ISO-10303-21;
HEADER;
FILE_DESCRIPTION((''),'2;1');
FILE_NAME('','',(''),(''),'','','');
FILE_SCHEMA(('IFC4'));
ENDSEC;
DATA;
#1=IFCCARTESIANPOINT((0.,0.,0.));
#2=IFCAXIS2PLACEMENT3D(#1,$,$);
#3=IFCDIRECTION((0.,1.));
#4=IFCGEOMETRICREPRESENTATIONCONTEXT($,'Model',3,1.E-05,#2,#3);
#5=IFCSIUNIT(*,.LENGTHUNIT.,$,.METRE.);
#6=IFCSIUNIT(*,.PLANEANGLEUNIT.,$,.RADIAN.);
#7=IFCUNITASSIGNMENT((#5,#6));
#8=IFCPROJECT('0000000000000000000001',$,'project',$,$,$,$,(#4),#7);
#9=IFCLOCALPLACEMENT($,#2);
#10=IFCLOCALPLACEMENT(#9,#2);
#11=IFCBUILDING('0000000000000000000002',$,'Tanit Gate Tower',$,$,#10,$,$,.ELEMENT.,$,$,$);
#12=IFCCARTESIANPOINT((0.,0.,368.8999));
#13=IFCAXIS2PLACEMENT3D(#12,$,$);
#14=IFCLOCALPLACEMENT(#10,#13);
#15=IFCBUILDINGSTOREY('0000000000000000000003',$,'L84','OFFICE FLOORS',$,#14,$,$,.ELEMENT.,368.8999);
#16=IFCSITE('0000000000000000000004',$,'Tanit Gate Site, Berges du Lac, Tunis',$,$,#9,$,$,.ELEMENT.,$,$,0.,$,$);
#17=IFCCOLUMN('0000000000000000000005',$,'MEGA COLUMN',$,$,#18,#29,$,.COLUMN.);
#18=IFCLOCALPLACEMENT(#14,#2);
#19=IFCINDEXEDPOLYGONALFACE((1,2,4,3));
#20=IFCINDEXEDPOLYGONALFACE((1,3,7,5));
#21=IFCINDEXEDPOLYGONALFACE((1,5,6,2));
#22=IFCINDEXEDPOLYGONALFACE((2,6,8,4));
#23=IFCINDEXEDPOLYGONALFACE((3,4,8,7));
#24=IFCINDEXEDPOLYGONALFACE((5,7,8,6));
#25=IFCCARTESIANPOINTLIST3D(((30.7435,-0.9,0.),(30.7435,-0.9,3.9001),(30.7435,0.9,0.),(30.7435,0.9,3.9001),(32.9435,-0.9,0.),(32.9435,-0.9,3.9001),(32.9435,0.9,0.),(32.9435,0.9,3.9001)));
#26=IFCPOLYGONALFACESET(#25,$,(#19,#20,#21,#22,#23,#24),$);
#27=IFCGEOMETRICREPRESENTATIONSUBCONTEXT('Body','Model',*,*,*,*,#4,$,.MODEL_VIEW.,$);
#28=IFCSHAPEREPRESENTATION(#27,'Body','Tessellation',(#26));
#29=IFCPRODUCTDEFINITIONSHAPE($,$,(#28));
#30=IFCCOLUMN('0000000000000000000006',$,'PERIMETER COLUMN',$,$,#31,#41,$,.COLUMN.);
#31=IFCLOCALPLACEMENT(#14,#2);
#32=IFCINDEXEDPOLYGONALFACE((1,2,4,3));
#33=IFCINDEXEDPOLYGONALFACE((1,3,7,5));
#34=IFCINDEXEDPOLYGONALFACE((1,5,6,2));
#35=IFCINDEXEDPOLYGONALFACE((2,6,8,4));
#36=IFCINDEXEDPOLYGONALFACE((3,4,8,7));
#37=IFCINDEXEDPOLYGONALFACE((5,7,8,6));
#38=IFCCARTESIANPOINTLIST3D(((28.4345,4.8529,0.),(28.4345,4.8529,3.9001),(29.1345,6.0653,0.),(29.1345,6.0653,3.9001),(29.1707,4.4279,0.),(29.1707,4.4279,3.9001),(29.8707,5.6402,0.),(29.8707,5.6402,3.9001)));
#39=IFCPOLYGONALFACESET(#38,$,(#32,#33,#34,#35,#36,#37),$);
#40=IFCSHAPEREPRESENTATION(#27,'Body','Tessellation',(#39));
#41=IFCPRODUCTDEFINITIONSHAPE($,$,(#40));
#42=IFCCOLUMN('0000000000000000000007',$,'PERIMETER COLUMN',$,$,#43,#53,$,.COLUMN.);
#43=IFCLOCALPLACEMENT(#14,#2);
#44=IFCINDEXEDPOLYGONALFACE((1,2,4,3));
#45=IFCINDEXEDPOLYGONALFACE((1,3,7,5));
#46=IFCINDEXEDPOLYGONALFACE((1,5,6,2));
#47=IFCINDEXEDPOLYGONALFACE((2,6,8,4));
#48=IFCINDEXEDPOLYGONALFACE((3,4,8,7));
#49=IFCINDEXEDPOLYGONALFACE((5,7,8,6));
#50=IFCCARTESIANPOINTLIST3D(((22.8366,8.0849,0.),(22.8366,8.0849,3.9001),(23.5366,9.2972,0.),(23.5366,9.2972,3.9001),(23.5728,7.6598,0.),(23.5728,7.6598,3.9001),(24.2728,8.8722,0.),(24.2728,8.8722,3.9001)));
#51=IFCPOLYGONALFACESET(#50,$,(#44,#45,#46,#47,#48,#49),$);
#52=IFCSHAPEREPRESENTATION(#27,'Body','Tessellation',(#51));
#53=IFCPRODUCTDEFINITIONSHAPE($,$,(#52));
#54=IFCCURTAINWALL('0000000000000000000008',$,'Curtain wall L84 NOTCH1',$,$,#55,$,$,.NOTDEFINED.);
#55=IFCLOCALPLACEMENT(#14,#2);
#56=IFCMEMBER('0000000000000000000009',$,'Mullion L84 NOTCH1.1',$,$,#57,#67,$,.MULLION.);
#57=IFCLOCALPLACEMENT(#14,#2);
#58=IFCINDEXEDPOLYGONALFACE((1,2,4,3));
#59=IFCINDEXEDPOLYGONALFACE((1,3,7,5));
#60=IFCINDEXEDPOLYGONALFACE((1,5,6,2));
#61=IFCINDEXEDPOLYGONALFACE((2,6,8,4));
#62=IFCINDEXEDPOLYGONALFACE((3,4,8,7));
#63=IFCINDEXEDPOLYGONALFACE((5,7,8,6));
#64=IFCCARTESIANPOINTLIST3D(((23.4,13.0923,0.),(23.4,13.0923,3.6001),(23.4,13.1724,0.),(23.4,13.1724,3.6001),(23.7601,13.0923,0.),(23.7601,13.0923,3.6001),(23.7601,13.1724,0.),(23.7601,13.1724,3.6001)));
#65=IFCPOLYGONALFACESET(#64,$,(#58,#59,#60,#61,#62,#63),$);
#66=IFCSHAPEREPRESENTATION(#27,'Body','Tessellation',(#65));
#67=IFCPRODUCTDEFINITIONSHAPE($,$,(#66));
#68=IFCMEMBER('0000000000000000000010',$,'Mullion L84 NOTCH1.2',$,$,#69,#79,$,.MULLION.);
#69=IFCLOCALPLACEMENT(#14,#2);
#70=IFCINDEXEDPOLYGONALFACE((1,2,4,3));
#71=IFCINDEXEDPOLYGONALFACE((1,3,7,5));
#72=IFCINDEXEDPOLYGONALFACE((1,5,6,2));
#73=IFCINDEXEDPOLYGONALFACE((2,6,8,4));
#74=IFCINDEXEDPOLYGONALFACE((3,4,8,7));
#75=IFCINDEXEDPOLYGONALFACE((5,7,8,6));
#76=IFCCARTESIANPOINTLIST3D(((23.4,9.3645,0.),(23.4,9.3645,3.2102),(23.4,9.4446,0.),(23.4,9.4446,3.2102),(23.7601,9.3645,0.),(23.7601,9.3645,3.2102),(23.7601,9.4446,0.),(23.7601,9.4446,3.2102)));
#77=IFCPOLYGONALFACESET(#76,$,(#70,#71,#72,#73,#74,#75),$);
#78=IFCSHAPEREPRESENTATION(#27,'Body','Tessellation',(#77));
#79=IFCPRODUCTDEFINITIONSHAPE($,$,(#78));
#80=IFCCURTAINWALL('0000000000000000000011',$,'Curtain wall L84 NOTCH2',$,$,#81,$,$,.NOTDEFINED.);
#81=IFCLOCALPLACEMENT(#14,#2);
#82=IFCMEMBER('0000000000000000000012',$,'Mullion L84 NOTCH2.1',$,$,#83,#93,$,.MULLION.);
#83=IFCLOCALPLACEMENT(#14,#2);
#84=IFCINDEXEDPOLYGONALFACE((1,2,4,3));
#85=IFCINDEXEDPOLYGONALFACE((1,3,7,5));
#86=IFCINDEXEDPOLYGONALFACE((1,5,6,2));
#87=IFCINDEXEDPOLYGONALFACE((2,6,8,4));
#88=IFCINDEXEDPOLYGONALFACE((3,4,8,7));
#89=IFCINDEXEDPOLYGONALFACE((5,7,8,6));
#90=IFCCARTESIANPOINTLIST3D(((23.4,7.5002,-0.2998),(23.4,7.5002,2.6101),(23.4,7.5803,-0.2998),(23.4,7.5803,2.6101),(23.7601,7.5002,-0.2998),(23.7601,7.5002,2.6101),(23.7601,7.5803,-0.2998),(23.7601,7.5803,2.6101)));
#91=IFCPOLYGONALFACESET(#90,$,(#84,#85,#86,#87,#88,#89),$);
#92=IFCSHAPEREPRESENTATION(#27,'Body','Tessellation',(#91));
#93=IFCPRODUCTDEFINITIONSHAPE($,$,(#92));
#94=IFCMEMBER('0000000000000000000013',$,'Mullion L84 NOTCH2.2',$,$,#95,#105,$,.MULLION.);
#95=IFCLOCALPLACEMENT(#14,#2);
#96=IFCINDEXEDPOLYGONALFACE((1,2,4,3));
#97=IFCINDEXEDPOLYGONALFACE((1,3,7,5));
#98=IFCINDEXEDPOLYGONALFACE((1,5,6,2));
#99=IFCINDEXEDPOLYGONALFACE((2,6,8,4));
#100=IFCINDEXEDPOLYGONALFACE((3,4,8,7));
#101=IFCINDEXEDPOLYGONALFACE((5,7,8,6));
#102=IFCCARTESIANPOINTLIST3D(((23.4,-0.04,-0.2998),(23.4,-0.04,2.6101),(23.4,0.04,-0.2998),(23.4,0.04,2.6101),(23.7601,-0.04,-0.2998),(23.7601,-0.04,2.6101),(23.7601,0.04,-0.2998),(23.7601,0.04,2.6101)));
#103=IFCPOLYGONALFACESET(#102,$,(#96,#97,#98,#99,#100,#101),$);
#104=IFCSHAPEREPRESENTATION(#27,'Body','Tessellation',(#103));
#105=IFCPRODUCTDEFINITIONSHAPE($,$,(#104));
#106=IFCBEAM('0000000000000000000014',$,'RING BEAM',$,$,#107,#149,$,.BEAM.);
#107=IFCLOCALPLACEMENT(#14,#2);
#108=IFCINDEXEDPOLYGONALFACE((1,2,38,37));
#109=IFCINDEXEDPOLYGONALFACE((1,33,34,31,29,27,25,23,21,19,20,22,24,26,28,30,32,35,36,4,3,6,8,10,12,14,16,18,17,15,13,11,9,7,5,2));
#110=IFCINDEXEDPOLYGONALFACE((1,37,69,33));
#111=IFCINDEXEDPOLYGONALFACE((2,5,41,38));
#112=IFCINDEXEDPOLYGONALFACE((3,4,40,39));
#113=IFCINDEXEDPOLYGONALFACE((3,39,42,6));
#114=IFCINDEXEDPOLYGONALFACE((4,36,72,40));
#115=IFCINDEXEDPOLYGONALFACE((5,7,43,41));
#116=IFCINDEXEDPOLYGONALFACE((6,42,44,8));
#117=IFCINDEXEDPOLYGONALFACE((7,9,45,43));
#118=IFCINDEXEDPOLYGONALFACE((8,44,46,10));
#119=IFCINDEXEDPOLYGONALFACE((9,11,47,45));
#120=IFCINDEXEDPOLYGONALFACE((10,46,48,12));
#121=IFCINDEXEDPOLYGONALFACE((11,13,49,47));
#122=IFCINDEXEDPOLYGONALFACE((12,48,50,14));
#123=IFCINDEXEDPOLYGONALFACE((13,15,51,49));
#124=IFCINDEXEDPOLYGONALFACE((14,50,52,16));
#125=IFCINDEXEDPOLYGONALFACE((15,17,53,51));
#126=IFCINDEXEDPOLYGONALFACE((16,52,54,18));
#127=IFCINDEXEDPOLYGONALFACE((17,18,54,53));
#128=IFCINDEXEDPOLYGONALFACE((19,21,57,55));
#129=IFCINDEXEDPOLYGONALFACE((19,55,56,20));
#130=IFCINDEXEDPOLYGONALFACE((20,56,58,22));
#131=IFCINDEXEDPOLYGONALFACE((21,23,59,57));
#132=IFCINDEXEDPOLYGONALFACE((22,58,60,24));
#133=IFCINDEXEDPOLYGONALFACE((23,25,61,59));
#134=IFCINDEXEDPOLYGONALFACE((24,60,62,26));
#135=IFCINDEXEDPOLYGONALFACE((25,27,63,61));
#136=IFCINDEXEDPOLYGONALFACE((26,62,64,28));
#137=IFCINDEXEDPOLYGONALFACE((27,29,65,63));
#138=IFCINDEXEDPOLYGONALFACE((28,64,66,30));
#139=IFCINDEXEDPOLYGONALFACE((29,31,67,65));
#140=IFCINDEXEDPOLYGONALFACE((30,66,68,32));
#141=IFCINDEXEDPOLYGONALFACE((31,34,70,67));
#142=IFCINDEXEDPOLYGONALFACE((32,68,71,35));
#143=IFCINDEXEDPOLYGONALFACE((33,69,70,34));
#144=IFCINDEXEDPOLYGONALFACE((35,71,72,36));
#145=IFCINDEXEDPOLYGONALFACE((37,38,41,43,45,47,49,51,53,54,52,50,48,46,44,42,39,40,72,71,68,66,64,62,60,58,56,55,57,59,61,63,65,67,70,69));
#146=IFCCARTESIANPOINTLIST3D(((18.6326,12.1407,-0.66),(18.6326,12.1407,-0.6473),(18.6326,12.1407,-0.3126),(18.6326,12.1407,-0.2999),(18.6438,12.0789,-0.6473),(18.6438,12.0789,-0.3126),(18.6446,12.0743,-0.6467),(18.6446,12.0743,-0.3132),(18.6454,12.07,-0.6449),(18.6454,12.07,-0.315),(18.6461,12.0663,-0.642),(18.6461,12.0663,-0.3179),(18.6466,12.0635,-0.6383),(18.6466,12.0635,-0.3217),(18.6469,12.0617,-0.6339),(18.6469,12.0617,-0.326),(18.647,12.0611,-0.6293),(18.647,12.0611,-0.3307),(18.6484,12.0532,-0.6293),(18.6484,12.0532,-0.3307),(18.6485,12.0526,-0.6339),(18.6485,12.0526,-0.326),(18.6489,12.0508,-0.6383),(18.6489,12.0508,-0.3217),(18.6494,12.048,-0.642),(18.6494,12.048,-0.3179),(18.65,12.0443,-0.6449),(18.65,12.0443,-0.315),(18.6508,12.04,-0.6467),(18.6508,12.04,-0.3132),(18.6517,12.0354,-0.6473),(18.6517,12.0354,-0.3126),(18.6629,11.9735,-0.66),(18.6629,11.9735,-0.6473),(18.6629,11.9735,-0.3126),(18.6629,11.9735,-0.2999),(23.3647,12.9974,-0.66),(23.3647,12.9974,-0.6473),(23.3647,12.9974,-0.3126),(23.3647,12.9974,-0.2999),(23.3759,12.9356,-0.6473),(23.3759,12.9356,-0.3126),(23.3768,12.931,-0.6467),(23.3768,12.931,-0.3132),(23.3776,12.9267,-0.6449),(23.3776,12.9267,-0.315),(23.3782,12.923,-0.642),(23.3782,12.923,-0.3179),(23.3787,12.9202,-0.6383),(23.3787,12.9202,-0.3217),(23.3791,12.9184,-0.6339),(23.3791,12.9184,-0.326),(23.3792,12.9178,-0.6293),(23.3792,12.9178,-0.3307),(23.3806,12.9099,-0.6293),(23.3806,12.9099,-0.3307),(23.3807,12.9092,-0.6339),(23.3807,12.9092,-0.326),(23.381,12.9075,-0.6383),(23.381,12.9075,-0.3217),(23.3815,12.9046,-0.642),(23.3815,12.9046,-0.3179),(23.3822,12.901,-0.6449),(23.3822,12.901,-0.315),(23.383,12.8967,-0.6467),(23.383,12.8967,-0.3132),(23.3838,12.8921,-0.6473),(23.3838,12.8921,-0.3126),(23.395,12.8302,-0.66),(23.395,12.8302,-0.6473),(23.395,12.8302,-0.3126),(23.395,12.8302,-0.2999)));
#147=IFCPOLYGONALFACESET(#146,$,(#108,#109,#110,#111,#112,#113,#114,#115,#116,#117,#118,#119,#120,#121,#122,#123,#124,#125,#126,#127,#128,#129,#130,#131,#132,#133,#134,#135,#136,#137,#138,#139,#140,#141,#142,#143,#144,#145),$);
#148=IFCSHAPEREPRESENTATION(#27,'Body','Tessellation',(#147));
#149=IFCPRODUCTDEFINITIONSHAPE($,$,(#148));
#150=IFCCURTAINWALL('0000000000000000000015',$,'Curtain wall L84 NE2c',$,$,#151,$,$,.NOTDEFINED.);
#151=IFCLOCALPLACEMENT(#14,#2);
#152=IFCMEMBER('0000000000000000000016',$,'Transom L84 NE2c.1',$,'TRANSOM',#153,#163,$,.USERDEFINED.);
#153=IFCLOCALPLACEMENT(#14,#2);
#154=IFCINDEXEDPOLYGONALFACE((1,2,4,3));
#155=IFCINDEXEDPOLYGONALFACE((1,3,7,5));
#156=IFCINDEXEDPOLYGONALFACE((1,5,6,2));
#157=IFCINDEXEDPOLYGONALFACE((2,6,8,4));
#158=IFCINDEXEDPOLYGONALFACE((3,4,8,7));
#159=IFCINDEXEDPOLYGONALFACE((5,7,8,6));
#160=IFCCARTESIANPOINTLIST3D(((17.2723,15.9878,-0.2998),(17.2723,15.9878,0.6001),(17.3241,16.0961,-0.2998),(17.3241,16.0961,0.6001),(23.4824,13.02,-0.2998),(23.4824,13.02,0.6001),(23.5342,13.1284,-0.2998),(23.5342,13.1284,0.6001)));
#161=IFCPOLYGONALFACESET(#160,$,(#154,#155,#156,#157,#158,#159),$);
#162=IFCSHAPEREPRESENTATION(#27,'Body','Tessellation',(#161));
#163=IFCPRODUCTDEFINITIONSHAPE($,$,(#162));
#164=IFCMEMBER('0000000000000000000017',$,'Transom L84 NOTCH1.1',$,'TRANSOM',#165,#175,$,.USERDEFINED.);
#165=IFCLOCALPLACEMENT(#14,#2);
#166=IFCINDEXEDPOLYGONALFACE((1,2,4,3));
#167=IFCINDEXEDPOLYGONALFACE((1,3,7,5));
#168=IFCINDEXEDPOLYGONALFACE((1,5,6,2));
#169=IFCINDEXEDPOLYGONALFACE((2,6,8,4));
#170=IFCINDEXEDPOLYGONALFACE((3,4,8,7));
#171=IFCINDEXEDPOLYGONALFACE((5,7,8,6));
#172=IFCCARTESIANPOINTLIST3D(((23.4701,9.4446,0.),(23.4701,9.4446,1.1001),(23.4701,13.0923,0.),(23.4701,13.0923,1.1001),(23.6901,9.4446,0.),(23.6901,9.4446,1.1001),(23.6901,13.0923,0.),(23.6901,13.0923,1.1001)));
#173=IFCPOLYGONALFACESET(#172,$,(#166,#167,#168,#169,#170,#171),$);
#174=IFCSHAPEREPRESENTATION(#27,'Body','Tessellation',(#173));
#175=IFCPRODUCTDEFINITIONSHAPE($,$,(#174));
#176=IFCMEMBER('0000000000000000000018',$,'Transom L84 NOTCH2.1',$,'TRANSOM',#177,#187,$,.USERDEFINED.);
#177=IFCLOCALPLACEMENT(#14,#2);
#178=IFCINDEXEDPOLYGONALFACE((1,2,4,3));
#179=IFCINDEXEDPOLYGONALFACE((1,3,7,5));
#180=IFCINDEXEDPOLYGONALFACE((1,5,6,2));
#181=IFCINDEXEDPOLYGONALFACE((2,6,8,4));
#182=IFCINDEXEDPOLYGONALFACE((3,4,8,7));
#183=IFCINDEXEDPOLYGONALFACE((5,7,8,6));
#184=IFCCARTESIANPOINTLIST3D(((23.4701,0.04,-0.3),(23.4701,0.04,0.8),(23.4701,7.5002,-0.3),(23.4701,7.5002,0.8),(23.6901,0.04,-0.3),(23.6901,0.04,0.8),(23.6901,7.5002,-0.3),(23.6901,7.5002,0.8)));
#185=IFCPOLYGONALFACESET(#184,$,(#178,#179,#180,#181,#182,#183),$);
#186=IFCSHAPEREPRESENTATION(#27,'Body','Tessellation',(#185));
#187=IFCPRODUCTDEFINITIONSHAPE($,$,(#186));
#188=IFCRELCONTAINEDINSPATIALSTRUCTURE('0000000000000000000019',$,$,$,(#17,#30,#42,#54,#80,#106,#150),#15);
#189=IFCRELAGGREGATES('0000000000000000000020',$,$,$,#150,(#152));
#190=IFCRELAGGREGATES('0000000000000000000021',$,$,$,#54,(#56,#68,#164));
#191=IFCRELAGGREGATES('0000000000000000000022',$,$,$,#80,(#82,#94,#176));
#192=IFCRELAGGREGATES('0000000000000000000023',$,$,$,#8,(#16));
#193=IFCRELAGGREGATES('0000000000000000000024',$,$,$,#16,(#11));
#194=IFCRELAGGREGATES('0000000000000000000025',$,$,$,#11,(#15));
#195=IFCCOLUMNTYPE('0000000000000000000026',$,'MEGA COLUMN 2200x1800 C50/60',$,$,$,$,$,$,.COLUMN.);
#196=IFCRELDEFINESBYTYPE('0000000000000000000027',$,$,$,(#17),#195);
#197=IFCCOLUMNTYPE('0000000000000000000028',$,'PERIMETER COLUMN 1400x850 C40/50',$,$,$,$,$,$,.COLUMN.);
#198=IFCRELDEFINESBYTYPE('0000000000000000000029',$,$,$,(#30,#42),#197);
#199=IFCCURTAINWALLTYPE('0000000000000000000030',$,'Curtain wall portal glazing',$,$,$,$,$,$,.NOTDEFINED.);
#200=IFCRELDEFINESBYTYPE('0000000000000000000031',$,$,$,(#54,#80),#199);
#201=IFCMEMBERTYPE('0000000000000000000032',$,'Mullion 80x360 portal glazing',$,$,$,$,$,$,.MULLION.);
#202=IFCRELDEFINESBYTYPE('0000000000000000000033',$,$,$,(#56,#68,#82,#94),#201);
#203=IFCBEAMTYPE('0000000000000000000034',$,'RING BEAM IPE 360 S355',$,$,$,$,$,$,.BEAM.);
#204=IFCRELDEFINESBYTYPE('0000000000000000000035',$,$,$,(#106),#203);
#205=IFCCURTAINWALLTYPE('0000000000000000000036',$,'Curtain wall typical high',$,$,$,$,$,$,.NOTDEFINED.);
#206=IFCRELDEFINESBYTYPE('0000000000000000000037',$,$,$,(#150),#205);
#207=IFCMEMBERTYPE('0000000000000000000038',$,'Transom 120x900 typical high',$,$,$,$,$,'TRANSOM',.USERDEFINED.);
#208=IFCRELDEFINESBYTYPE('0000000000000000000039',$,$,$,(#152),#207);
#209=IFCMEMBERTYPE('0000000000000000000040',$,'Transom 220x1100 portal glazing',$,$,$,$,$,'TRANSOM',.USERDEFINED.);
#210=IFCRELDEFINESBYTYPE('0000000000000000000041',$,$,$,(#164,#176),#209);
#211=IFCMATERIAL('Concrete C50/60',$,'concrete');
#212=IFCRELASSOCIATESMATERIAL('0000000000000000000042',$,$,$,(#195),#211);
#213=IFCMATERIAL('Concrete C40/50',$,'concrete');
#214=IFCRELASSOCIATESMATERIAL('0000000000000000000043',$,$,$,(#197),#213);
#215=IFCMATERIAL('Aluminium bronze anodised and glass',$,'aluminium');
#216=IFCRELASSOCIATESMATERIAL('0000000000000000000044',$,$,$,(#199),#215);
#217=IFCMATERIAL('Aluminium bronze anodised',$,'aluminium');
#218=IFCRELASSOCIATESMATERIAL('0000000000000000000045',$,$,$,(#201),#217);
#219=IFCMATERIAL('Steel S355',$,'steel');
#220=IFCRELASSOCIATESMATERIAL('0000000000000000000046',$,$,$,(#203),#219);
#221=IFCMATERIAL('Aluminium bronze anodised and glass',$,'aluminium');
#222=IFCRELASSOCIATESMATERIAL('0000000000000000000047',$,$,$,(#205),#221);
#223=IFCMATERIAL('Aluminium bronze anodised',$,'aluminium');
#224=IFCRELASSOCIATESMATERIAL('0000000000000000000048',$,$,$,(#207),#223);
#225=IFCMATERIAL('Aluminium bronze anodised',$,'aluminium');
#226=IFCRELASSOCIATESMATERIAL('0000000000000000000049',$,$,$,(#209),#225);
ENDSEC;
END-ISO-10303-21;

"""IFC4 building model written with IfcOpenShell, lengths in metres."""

from ifc_helpers import new_model, si_unit, direction, frame, origin, origin_2d, place, context, subcontext, project, spatial, rectangle, i_section, extrude, material, material_profile, profile_set, type_object, element, aggregate, save


model = new_model("IFC4")

# Units and contexts
model_context = context("Model", 3, precision=1e-05, world=origin(), true_north=direction((0.0, 1.0)))
body_context = subcontext(model_context, "Body", "Model", "MODEL_VIEW")
ifc_project = project(units=[si_unit("LENGTHUNIT", "METRE"), si_unit("PLANEANGLEUNIT", "RADIAN")], contexts=[model_context])

# Site, building, storey
site_placement = place(None, origin())
site = spatial("IfcSite", under=ifc_project, at=site_placement, Name="Tanit Gate Site, Berges du Lac, Tunis", CompositionType="ELEMENT", RefElevation=0.0)
building_placement = place(site_placement, origin())
building = spatial("IfcBuilding", under=site, at=building_placement, Name="Tanit Gate Tower", CompositionType="ELEMENT")
storey_placement = place(building_placement, frame((0.0, 0.0, 368.8999)))
storey = spatial("IfcBuildingStorey", under=building, at=storey_placement, Name="L84", Description="OFFICE FLOORS", CompositionType="ELEMENT", Elevation=368.8999)

# Columns
ifc_material_1 = material(Name="Concrete C50/60", Category="concrete")
ifc_material_profile_1 = material_profile(ifc_material_1, rectangle(XDim=2.2, YDim=1.8, at=origin_2d()), Name="RC 2200x1800")
ifc_profile_set_1 = profile_set([ifc_material_profile_1], Name="Concrete C50/60")
column_type_1 = type_object("IfcColumnType", Name="MEGA COLUMN 2200x1800 C50/60", PredefinedType="COLUMN", material=ifc_profile_set_1)
column_placement = place(storey_placement, frame((31.8435, 0.0, 0.0), z_axis=(0.0, 0.0, 1.0), x_axis=(1.0, 0.0, 0.0)))
element("IfcColumn", 1, at=column_placement, inside=storey, type_object=column_type_1, Name="MEGA COLUMN", PredefinedType="COLUMN", context=body_context, shape_type="SweptSolid", body=[
    extrude(rectangle(XDim=2.2, YDim=1.8, at=origin_2d()), origin(), (0.0, 0.0, 1.0), 3.9001),
])
ifc_material_2 = material(Name="Concrete C40/50", Category="concrete")
ifc_material_profile_2 = material_profile(ifc_material_2, rectangle(XDim=1.3999, YDim=0.8501, at=origin_2d()), Name="RC 1400x850")
ifc_profile_set_2 = profile_set([ifc_material_profile_2], Name="Concrete C40/50")
column_type_2 = type_object("IfcColumnType", Name="PERIMETER COLUMN 1400x850 C40/50", PredefinedType="COLUMN", material=ifc_profile_set_2)
for number, where, z_axis, x_axis, name in (
    (2, (29.1526, 5.2466, 0.0), (0.0, 0.0, 1.0), (0.5, 0.866025, 0.0), "PERIMETER COLUMN"),
    (3, (23.5547, 8.4785, 0.0), (0.0, 0.0, 1.0), (0.5, 0.866025, 0.0), "PERIMETER COLUMN"),
):
    element("IfcColumn", number, at=place(storey_placement, frame(where, z_axis=z_axis, x_axis=x_axis)), inside=storey, type_object=column_type_2, Name=name, PredefinedType="COLUMN", context=body_context, shape_type="SweptSolid", body=[
        extrude(rectangle(XDim=1.3999, YDim=0.8501, at=origin_2d()), origin(), (0.0, 0.0, 1.0), 3.9001),
    ])

# Curtain walls, members
ifc_material_3 = material(Name="Aluminium bronze anodised and glass", Category="aluminium")
curtain_wall_type_1 = type_object("IfcCurtainWallType", Name="Curtain wall portal glazing", PredefinedType="NOTDEFINED", material=ifc_material_3)
curtain_wall_1_placement = place(storey_placement, origin())
curtain_wall_1 = element("IfcCurtainWall", 4, at=curtain_wall_1_placement, inside=storey, type_object=curtain_wall_type_1, Name="Curtain wall L84 NOTCH1", PredefinedType="NOTDEFINED")
ifc_material_4 = material(Name="Aluminium bronze anodised", Category="aluminium")
ifc_material_profile_3 = material_profile(ifc_material_4, rectangle(XDim=0.3601, YDim=0.0801, at=origin_2d()), Name="80x360 bronze mullion")
ifc_profile_set_3 = profile_set([ifc_material_profile_3], Name="Aluminium bronze anodised")
member_type_1 = type_object("IfcMemberType", Name="Mullion 80x360 portal glazing", PredefinedType="MULLION", material=ifc_profile_set_3)
member_1_placement = place(storey_placement, frame((23.5801, 13.1323, 0.0), z_axis=(0.0, 0.0, 1.0), x_axis=(1.0, 0.0, 0.0)))
member_1 = element("IfcMember", 5, at=member_1_placement, type_object=member_type_1, Name="Mullion L84 NOTCH1.1", PredefinedType="MULLION", context=body_context, shape_type="SweptSolid", body=[
    extrude(rectangle(XDim=0.3601, YDim=0.0801, at=origin_2d()), origin(), (0.0, 0.0, 1.0), 3.6001),
])
member_2_placement = place(storey_placement, frame((23.5801, 9.4045, 0.0), z_axis=(0.0, 0.0, 1.0), x_axis=(1.0, 0.0, 0.0)))
member_2 = element("IfcMember", 6, at=member_2_placement, type_object=member_type_1, Name="Mullion L84 NOTCH1.2", PredefinedType="MULLION", context=body_context, shape_type="SweptSolid", body=[
    extrude(rectangle(XDim=0.3601, YDim=0.0801, at=origin_2d()), origin(), (0.0, 0.0, 1.0), 3.2102),
])
curtain_wall_2_placement = place(storey_placement, origin())
curtain_wall_2 = element("IfcCurtainWall", 7, at=curtain_wall_2_placement, inside=storey, type_object=curtain_wall_type_1, Name="Curtain wall L84 NOTCH2", PredefinedType="NOTDEFINED")
member_3_placement = place(storey_placement, frame((23.5801, 7.5403, -0.2998), z_axis=(0.0, 0.0, 1.0), x_axis=(1.0, 0.0, 0.0)))
member_3 = element("IfcMember", 8, at=member_3_placement, type_object=member_type_1, Name="Mullion L84 NOTCH2.1", PredefinedType="MULLION", context=body_context, shape_type="SweptSolid", body=[
    extrude(rectangle(XDim=0.3601, YDim=0.0801, at=origin_2d()), origin(), (0.0, 0.0, 1.0), 2.9099),
])
member_4_placement = place(storey_placement, frame((23.5801, 0.0, -0.2998), z_axis=(0.0, 0.0, 1.0), x_axis=(1.0, 0.0, 0.0)))
member_4 = element("IfcMember", 9, at=member_4_placement, type_object=member_type_1, Name="Mullion L84 NOTCH2.2", PredefinedType="MULLION", context=body_context, shape_type="SweptSolid", body=[
    extrude(rectangle(XDim=0.3601, YDim=0.0801, at=origin_2d()), origin(), (0.0, 0.0, 1.0), 2.9099),
])

# Beam
ifc_material_5 = material(Name="Steel S355", Category="steel")
ifc_material_profile_4 = material_profile(ifc_material_5, i_section(OverallWidth=0.1699, OverallDepth=0.3601, WebThickness=0.0081, FlangeThickness=0.0127, FilletRadius=0.0181, at=origin_2d()), Name="IPE 360")
ifc_profile_set_4 = profile_set([ifc_material_profile_4], Name="Steel S355")
beam_type = type_object("IfcBeamType", Name="RING BEAM IPE 360 S355", PredefinedType="BEAM", material=ifc_profile_set_4)
beam_placement = place(storey_placement, frame((23.3799, 12.9138, -0.48), z_axis=(-0.984005, -0.178139, 0.0), x_axis=(0.178139, -0.984005, 0.0)))
element("IfcBeam", 10, at=beam_placement, inside=storey, type_object=beam_type, Name="RING BEAM", PredefinedType="BEAM", context=body_context, shape_type="SweptSolid", body=[
    extrude(i_section(OverallWidth=0.1699, OverallDepth=0.3601, WebThickness=0.0081, FlangeThickness=0.0127, FilletRadius=0.0181, at=origin_2d()), origin(), (0.0, 0.0, 1.0), 4.8091),
])

# Curtain wall, member
ifc_material_6 = material(Name="Aluminium bronze anodised and glass", Category="aluminium")
curtain_wall_type_2 = type_object("IfcCurtainWallType", Name="Curtain wall typical high", PredefinedType="NOTDEFINED", material=ifc_material_6)
curtain_wall_3_placement = place(storey_placement, origin())
curtain_wall_3 = element("IfcCurtainWall", 11, at=curtain_wall_3_placement, inside=storey, type_object=curtain_wall_type_2, Name="Curtain wall L84 NE2c", PredefinedType="NOTDEFINED")
ifc_material_7 = material(Name="Aluminium bronze anodised", Category="aluminium")
ifc_material_profile_5 = material_profile(ifc_material_7, rectangle(XDim=0.1201, YDim=0.8999, at=origin_2d()), Name="120x900 bronze transom")
ifc_profile_set_5 = profile_set([ifc_material_profile_5], Name="Aluminium bronze anodised")
member_type_2 = type_object("IfcMemberType", Name="Transom 120x900 typical high", ElementType="TRANSOM", PredefinedType="USERDEFINED", material=ifc_profile_set_5)
member_5_placement = place(storey_placement, frame((23.5083, 13.0742, 0.1501), z_axis=(-0.902266, 0.431181, 0.0), x_axis=(-0.431181, -0.902266, 0.0)))
member_5 = element("IfcMember", 12, at=member_5_placement, type_object=member_type_2, Name="Transom L84 NE2c.1", ObjectType="TRANSOM", PredefinedType="USERDEFINED", context=body_context, shape_type="SweptSolid", body=[
    extrude(rectangle(XDim=0.1201, YDim=0.8999, at=origin_2d()), origin(), (0.0, 0.0, 1.0), 6.8828),
])
aggregate(curtain_wall_3, [member_5])

# Members
ifc_material_8 = material(Name="Aluminium bronze anodised", Category="aluminium")
ifc_material_profile_6 = material_profile(ifc_material_8, rectangle(XDim=0.22, YDim=1.1001, at=origin_2d()), Name="220x1100 bronze transom")
ifc_profile_set_6 = profile_set([ifc_material_profile_6], Name="Aluminium bronze anodised")
member_type_3 = type_object("IfcMemberType", Name="Transom 220x1100 portal glazing", ElementType="TRANSOM", PredefinedType="USERDEFINED", material=ifc_profile_set_6)
member_6_placement = place(storey_placement, frame((23.5801, 13.0923, 0.55), z_axis=(0.0, -1.0, 0.0), x_axis=(1.0, 0.0, 0.0)))
member_6 = element("IfcMember", 13, at=member_6_placement, type_object=member_type_3, Name="Transom L84 NOTCH1.1", ObjectType="TRANSOM", PredefinedType="USERDEFINED", context=body_context, shape_type="SweptSolid", body=[
    extrude(rectangle(XDim=0.22, YDim=1.1001, at=origin_2d()), origin(), (0.0, 0.0, 1.0), 3.6477),
])
member_7_placement = place(storey_placement, frame((23.5801, 7.5002, 0.25), z_axis=(0.0, -1.0, 0.0), x_axis=(1.0, 0.0, 0.0)))
member_7 = element("IfcMember", 14, at=member_7_placement, type_object=member_type_3, Name="Transom L84 NOTCH2.1", ObjectType="TRANSOM", PredefinedType="USERDEFINED", context=body_context, shape_type="SweptSolid", body=[
    extrude(rectangle(XDim=0.22, YDim=1.1001, at=origin_2d()), origin(), (0.0, 0.0, 1.0), 7.4602),
])

aggregate(curtain_wall_1, [member_1, member_2, member_6])
aggregate(curtain_wall_2, [member_3, member_4, member_7])

save(model, "model.ifc")
